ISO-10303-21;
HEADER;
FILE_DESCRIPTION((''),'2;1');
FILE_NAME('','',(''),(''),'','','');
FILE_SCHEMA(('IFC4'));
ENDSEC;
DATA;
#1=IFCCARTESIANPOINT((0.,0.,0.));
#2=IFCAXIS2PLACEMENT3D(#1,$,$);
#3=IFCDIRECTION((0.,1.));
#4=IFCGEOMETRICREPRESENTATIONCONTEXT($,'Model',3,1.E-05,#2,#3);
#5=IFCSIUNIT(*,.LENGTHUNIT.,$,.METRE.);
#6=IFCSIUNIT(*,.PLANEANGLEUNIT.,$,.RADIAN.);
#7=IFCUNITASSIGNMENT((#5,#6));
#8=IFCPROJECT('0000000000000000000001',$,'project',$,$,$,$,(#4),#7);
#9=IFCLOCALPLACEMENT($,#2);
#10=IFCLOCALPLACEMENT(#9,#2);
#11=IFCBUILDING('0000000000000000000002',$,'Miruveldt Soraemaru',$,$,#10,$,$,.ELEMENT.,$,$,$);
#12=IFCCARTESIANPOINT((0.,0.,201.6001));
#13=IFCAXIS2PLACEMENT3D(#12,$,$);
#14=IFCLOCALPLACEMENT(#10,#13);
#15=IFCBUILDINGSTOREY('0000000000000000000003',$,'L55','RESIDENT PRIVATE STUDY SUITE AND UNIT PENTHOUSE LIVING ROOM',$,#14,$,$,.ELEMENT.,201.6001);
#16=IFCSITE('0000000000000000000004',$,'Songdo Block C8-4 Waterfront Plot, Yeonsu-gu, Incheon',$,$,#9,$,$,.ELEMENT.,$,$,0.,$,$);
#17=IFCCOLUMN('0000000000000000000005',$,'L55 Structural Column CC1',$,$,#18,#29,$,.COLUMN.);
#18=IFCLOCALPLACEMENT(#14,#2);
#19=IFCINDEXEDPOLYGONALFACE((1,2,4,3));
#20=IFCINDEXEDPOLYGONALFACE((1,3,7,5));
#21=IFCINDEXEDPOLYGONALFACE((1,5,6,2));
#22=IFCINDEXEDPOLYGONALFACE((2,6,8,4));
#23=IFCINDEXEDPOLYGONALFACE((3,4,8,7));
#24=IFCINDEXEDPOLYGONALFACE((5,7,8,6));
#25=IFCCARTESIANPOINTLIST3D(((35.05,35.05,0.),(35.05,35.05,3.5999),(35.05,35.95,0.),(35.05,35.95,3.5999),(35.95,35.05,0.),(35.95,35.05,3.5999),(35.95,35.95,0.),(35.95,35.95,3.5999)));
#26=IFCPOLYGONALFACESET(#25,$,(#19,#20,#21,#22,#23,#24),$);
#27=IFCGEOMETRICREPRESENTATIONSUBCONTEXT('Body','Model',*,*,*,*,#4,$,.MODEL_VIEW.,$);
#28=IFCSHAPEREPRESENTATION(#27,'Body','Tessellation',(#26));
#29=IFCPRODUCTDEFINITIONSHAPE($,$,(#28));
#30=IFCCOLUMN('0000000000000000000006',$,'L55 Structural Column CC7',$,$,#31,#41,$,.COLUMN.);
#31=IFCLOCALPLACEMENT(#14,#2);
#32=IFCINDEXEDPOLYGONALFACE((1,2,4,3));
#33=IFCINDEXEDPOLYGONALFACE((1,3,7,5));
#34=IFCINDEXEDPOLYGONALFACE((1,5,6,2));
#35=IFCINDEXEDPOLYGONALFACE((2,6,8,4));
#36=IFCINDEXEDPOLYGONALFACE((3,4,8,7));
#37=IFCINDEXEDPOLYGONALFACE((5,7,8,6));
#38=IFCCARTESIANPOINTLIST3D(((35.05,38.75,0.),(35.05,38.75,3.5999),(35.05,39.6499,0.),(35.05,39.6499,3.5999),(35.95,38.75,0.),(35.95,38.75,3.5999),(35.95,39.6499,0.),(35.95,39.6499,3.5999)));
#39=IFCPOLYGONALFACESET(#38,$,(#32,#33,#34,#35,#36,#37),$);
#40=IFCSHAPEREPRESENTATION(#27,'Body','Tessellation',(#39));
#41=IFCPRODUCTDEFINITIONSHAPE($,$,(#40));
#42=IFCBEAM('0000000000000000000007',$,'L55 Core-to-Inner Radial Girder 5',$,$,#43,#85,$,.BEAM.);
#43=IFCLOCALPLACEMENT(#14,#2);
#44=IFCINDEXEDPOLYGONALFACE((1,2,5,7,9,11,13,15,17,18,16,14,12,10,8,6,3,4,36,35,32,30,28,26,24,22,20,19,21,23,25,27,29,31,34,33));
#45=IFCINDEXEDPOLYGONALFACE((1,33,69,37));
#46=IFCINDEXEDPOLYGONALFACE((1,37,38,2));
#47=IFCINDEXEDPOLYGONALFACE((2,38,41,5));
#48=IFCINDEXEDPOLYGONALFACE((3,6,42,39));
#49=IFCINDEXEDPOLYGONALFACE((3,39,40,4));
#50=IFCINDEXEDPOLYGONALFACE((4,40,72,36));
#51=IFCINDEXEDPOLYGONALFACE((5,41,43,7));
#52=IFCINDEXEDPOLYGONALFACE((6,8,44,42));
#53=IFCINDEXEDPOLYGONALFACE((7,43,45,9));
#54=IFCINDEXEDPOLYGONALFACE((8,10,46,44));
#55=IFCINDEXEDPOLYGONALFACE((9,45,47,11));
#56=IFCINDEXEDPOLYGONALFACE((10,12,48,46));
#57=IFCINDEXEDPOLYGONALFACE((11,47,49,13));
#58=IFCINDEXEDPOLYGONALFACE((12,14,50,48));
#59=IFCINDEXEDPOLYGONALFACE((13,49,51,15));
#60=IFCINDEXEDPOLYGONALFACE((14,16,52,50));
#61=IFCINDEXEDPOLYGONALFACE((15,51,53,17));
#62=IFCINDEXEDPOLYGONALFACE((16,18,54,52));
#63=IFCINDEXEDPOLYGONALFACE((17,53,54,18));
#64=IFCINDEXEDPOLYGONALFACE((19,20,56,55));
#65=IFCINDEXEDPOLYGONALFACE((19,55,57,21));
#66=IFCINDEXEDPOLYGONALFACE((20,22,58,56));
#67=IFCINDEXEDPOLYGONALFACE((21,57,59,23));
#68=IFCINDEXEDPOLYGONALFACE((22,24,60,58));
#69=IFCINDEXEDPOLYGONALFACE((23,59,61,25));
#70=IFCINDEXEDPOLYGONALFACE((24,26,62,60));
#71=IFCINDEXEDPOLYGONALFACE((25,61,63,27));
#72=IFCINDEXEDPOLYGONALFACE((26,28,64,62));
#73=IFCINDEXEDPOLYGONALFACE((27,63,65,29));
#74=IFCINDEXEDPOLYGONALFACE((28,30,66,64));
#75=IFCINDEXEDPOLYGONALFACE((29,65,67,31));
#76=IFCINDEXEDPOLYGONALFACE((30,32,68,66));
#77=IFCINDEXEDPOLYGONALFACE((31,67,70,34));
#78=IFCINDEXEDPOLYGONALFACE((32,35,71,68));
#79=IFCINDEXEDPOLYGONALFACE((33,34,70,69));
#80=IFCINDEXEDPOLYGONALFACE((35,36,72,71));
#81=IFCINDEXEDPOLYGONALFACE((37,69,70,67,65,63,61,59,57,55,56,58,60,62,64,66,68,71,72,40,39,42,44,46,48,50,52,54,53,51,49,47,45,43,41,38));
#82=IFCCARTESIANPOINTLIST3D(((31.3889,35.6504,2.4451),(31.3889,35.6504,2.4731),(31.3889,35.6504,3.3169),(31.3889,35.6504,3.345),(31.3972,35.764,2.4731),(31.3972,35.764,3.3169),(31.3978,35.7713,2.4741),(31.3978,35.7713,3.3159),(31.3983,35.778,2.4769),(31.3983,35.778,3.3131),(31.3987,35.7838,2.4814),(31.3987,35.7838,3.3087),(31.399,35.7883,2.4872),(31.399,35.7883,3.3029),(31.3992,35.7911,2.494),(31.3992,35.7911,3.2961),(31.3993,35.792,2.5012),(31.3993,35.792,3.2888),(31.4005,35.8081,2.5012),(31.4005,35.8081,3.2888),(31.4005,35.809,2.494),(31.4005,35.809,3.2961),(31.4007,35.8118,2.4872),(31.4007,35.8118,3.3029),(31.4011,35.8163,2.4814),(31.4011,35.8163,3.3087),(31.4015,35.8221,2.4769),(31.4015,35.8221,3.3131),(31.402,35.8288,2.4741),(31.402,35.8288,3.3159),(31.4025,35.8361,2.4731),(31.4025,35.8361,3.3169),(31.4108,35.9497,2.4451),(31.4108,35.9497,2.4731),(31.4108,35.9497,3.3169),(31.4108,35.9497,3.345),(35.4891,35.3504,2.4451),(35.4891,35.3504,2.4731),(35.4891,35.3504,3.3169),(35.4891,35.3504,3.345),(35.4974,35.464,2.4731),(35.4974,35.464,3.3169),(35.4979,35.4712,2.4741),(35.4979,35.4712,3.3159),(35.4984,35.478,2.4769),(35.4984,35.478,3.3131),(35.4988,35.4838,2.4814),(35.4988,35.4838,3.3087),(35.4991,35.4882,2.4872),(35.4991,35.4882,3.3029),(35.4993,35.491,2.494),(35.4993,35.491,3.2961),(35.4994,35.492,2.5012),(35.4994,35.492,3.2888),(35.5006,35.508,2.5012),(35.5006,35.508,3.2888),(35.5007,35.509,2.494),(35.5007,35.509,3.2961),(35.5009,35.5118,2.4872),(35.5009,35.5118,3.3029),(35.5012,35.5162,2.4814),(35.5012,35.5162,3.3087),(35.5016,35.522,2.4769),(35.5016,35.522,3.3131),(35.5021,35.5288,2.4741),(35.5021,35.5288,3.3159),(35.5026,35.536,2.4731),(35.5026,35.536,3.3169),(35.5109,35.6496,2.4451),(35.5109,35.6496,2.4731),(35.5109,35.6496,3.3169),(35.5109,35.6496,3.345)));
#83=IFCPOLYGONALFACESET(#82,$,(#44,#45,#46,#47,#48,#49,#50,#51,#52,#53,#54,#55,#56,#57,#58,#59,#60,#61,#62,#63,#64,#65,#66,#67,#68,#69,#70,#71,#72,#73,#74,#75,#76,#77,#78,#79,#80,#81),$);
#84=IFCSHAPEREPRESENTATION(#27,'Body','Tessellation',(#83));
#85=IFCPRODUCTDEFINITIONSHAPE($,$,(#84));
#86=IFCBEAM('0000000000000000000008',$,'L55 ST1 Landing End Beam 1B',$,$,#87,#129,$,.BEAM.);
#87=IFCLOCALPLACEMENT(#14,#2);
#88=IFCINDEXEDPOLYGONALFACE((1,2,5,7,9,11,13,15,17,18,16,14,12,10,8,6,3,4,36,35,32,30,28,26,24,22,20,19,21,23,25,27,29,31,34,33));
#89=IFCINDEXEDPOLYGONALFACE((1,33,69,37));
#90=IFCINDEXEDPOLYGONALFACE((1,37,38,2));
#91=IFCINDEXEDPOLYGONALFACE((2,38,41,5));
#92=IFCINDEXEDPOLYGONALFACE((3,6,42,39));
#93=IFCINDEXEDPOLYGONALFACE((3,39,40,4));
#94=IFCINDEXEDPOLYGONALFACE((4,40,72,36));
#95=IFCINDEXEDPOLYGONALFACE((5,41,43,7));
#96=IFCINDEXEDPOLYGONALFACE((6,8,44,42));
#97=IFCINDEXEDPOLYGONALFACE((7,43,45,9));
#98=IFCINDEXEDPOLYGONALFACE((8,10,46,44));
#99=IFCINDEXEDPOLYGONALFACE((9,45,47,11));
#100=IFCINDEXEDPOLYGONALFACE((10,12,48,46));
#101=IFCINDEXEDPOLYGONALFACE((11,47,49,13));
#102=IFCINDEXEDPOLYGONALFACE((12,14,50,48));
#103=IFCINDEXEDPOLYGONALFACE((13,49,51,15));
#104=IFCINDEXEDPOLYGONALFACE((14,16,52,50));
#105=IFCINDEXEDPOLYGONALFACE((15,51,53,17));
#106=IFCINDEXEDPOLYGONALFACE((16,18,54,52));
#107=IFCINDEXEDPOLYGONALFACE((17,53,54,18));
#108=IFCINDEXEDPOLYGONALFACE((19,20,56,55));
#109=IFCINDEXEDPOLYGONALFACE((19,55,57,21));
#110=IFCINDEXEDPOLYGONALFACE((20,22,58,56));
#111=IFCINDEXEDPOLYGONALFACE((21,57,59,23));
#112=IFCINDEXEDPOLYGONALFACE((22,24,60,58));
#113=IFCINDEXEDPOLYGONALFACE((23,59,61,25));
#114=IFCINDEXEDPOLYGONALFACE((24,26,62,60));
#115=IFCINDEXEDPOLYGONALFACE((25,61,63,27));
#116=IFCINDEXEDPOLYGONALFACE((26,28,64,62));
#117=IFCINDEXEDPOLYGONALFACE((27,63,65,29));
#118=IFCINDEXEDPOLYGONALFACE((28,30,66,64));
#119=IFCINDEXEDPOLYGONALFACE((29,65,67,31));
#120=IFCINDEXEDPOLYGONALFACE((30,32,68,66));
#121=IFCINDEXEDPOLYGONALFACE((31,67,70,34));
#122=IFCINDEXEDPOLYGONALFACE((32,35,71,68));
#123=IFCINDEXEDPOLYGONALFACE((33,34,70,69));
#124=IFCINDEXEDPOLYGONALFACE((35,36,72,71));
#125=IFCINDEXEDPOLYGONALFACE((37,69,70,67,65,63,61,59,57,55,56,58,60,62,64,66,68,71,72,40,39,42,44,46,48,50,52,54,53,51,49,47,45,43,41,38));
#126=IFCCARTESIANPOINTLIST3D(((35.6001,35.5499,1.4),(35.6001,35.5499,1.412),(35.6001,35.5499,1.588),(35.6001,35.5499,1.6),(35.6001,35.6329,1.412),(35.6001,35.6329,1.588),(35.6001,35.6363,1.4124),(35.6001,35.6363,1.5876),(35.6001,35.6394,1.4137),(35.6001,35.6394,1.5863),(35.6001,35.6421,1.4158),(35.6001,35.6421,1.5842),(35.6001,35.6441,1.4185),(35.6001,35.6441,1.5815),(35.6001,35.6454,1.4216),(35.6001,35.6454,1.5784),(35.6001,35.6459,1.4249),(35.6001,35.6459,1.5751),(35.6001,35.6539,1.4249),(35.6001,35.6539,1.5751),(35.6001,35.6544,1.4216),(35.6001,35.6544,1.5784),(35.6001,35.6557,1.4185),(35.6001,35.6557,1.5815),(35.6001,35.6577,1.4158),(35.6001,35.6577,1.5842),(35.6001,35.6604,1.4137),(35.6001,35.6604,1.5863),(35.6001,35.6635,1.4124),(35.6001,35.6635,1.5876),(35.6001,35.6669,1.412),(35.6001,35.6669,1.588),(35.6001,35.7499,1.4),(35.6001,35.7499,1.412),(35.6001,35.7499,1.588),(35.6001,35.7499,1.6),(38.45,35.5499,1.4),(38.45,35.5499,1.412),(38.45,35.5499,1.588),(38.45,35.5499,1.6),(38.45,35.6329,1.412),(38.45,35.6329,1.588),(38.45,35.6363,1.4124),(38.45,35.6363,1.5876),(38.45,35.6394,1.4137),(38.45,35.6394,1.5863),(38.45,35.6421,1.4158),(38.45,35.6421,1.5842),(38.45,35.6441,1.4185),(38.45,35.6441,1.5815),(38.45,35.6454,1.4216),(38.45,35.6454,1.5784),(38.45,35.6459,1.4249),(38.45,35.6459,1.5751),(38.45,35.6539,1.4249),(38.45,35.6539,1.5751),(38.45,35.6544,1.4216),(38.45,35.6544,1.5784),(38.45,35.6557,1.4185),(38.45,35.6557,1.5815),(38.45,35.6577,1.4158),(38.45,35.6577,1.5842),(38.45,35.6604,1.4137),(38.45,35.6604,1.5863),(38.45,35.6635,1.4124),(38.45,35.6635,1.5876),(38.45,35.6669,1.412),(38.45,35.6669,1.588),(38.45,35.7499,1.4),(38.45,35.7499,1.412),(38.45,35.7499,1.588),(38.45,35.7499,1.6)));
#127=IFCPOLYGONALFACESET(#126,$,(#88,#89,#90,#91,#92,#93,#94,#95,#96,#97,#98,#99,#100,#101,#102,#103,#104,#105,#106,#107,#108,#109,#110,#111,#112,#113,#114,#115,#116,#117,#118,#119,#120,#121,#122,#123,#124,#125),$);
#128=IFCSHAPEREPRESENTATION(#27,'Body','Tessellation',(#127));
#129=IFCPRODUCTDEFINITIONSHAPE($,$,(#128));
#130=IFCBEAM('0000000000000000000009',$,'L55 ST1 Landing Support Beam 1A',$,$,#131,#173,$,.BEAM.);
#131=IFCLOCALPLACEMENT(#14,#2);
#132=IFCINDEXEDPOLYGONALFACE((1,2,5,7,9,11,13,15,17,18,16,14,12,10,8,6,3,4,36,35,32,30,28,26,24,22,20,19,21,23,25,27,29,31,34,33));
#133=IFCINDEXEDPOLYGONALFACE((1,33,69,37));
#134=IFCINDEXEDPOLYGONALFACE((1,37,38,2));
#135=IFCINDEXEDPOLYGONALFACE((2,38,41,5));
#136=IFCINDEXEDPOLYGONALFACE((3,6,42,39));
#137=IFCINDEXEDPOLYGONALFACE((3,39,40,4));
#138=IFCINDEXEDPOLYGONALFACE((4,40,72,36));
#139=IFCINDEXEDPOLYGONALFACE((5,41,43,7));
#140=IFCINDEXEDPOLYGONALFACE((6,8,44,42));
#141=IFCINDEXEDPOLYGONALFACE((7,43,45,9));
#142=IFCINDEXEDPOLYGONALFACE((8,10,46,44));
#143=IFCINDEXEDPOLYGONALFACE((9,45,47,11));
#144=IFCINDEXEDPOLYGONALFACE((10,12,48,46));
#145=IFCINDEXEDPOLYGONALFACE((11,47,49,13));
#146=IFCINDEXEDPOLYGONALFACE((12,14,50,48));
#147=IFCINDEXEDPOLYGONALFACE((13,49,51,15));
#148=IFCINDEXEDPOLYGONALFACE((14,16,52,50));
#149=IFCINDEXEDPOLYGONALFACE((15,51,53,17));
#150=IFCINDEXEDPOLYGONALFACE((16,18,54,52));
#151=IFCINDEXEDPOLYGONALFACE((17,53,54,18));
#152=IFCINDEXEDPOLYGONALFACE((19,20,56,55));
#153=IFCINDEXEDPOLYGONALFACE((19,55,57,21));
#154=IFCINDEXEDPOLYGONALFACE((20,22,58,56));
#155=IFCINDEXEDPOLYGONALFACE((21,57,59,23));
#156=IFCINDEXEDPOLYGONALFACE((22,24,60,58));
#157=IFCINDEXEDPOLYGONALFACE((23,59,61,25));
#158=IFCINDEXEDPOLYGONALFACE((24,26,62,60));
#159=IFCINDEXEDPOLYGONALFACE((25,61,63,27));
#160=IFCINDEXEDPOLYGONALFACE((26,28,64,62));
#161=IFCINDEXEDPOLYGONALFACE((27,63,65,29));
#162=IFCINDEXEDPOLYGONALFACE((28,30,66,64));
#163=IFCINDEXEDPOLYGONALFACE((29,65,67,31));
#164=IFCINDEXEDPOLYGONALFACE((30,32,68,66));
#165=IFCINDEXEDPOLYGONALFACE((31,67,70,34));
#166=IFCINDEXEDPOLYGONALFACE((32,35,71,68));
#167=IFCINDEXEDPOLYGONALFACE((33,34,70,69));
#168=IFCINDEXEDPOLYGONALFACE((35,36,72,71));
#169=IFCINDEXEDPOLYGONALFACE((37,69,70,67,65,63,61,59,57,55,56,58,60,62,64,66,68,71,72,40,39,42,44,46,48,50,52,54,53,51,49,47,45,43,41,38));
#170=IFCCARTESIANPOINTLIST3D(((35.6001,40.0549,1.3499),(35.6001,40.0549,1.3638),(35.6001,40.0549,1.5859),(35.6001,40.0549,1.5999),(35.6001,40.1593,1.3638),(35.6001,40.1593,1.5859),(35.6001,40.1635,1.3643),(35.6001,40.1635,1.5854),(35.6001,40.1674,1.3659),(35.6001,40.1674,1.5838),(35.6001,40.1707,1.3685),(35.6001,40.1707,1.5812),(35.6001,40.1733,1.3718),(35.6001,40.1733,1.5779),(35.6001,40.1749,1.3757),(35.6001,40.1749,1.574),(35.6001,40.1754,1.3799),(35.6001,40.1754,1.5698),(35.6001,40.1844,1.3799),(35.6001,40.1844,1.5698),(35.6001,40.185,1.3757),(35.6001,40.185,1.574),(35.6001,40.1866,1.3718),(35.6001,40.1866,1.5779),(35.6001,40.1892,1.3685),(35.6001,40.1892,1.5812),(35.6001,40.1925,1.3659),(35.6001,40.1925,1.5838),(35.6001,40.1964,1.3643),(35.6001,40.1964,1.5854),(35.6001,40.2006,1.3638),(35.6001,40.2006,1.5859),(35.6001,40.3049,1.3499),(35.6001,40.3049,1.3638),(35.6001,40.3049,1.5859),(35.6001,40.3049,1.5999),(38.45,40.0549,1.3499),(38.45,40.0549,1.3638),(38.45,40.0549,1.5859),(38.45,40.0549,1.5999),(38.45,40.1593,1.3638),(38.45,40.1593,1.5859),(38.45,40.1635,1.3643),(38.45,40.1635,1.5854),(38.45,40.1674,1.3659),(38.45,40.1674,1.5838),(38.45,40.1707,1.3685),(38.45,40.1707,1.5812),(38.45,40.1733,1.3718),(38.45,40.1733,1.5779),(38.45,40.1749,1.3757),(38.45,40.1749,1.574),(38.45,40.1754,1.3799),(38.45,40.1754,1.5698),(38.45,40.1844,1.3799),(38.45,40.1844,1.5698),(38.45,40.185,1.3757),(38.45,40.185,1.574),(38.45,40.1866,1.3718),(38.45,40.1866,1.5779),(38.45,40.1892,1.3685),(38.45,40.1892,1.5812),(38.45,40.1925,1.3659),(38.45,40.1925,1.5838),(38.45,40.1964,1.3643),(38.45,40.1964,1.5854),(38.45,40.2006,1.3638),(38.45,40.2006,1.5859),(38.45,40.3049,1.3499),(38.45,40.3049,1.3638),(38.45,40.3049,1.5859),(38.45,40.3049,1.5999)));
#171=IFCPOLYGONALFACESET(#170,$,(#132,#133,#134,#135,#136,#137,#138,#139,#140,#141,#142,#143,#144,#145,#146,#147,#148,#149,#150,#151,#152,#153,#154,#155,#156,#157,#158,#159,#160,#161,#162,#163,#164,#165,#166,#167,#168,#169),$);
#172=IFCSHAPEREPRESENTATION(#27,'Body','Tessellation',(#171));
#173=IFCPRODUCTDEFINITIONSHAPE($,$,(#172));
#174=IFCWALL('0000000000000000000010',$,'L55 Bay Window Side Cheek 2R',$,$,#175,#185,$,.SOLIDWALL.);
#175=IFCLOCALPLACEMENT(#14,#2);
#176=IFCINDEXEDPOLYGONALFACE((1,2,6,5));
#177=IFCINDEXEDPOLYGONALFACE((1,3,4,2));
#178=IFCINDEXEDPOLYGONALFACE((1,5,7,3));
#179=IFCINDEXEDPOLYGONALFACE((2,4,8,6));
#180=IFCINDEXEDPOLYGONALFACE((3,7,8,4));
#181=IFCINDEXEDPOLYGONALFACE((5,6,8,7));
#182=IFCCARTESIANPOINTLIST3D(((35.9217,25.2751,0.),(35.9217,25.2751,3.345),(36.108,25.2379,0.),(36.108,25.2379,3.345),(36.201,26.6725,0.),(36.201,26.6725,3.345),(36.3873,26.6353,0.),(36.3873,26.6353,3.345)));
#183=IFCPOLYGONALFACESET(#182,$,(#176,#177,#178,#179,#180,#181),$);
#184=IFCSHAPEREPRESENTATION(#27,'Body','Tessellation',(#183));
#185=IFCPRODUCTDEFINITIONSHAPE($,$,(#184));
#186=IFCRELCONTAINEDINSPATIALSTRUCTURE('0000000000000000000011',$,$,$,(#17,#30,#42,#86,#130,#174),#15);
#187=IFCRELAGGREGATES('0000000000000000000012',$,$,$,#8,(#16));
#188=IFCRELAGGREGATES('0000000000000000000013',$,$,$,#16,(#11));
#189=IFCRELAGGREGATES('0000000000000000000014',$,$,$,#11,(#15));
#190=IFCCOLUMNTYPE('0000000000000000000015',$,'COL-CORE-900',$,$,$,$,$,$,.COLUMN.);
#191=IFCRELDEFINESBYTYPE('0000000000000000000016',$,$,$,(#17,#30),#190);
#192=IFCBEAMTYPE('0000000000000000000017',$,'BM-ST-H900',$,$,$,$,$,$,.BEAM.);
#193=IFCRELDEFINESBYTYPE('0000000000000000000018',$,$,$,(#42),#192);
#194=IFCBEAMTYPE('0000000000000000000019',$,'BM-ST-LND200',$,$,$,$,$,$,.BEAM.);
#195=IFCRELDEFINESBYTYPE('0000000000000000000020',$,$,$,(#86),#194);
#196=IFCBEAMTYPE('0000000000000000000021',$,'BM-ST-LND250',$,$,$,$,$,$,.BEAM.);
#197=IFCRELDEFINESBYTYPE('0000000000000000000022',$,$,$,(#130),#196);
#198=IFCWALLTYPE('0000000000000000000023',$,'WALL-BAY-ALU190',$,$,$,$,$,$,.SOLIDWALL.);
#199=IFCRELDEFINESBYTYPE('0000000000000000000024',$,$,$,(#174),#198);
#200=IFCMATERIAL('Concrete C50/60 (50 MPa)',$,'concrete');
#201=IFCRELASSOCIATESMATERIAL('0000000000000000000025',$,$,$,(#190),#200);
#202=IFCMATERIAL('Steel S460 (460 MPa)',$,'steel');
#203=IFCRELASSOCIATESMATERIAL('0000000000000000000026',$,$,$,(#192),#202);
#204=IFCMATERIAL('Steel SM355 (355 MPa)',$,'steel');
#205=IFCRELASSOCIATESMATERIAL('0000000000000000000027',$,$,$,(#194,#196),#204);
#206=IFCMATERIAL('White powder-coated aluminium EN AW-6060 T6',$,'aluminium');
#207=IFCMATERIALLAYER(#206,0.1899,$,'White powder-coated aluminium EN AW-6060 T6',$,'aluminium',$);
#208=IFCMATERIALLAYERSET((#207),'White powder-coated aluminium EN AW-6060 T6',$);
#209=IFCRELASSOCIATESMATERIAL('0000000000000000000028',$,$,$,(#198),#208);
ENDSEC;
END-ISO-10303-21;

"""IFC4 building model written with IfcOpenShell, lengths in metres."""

from ifc_helpers import new_model, si_unit, direction, frame, frame_2d, origin, origin_2d, place, context, subcontext, project, spatial, rectangle, i_section, extrude, material, layer, layer_set, material_profile, profile_set, type_object, element, save


model = new_model("IFC4")

# Units and contexts
model_context = context("Model", 3, precision=1e-05, world=origin(), true_north=direction((0.0, 1.0)))
body_context = subcontext(model_context, "Body", "Model", "MODEL_VIEW")
ifc_project = project(units=[si_unit("LENGTHUNIT", "METRE"), si_unit("PLANEANGLEUNIT", "RADIAN")], contexts=[model_context])

# Site, building, storey
site_placement = place(None, origin())
site = spatial("IfcSite", under=ifc_project, at=site_placement, Name="Songdo Block C8-4 Waterfront Plot, Yeonsu-gu, Incheon", CompositionType="ELEMENT", RefElevation=0.0)
building_placement = place(site_placement, origin())
building = spatial("IfcBuilding", under=site, at=building_placement, Name="Miruveldt Soraemaru", CompositionType="ELEMENT")
storey_placement = place(building_placement, frame((0.0, 0.0, 201.6001)))
storey = spatial("IfcBuildingStorey", under=building, at=storey_placement, Name="L55", Description="RESIDENT PRIVATE STUDY SUITE AND UNIT PENTHOUSE LIVING ROOM", CompositionType="ELEMENT", Elevation=201.6001)

# Columns
ifc_material_1 = material(Name="Concrete C50/60 (50 MPa)", Category="concrete")
ifc_material_profile_1 = material_profile(ifc_material_1, rectangle(XDim=0.8999, YDim=0.8999, at=origin_2d()), Name="Concrete C50/60 (50 MPa)", Category="concrete")
ifc_profile_set_1 = profile_set([ifc_material_profile_1], Name="Concrete C50/60 (50 MPa)")
column_type = type_object("IfcColumnType", Name="COL-CORE-900", PredefinedType="COLUMN", material=ifc_profile_set_1)
for number, where, z_axis, x_axis, name in (
    (1, (35.5, 35.5, 0.0), (0.0, 0.0, 1.0), (1.0, 0.0, 0.0), "L55 Structural Column CC1"),
    (2, (35.5, 39.2, 0.0), (0.0, 0.0, 1.0), (1.0, 0.0, 0.0), "L55 Structural Column CC7"),
):
    element("IfcColumn", number, at=place(storey_placement, frame(where, z_axis=z_axis, x_axis=x_axis)), inside=storey, type_object=column_type, Name=name, PredefinedType="COLUMN", context=body_context, shape_type="SweptSolid", body=[
        extrude(rectangle(XDim=0.8999, YDim=0.8999, at=origin_2d()), origin(), (0.0, 0.0, 1.0), 3.5999),
    ])

# Beams
ifc_material_2 = material(Name="Steel S460 (460 MPa)", Category="steel")
ifc_material_profile_2 = material_profile(ifc_material_2, i_section(OverallWidth=0.3, OverallDepth=0.8999, WebThickness=0.0161, FlangeThickness=0.0281, FilletRadius=0.0281, at=origin_2d()), Name="Steel S460 (460 MPa)", Category="steel")
ifc_profile_set_2 = profile_set([ifc_material_profile_2], Name="Steel S460 (460 MPa)")
beam_type_1 = type_object("IfcBeamType", Name="BM-ST-H900", PredefinedType="BEAM", material=ifc_profile_set_2)
beam_1_placement = place(storey_placement, frame((35.5, 35.5, 2.895), z_axis=(-0.997333, 0.072986, 0.0), x_axis=(-0.072986, -0.997333, 0.0)))
element("IfcBeam", 3, at=beam_1_placement, inside=storey, type_object=beam_type_1, Name="L55 Core-to-Inner Radial Girder 5", PredefinedType="BEAM", context=body_context, shape_type="SweptSolid", body=[
    extrude(i_section(OverallWidth=0.3, OverallDepth=0.8999, WebThickness=0.0161, FlangeThickness=0.0281, FilletRadius=0.0281, at=origin_2d()), origin(), (0.0, 0.0, 1.0), 4.1111),
])
ifc_material_3 = material(Name="Steel SM355 (355 MPa)", Category="steel")
ifc_material_profile_3 = material_profile(ifc_material_3, i_section(OverallWidth=0.2, OverallDepth=0.2, WebThickness=0.0081, FlangeThickness=0.012, FilletRadius=0.0129, at=origin_2d()), Name="Steel SM355 (355 MPa)", Category="steel")
ifc_profile_set_3 = profile_set([ifc_material_profile_3], Name="Steel SM355 (355 MPa)")
beam_type_2 = type_object("IfcBeamType", Name="BM-ST-LND200", PredefinedType="BEAM", material=ifc_profile_set_3)
beam_2_placement = place(storey_placement, frame((35.6001, 35.6499, 1.5), z_axis=(1.0, 0.0, 0.0), x_axis=(0.0, 1.0, 0.0)))
element("IfcBeam", 4, at=beam_2_placement, inside=storey, type_object=beam_type_2, Name="L55 ST1 Landing End Beam 1B", PredefinedType="BEAM", context=body_context, shape_type="SweptSolid", body=[
    extrude(i_section(OverallWidth=0.2, OverallDepth=0.2, WebThickness=0.0081, FlangeThickness=0.012, FilletRadius=0.0129, at=origin_2d()), origin(), (0.0, 0.0, 1.0), 2.8499),
])
ifc_material_profile_4 = material_profile(ifc_material_3, i_section(OverallWidth=0.25, OverallDepth=0.25, WebThickness=0.009, FlangeThickness=0.0139, FilletRadius=0.0161, at=origin_2d()), Name="Steel SM355 (355 MPa)", Category="steel")
ifc_profile_set_4 = profile_set([ifc_material_profile_4], Name="Steel SM355 (355 MPa)")
beam_type_3 = type_object("IfcBeamType", Name="BM-ST-LND250", PredefinedType="BEAM", material=ifc_profile_set_4)
beam_3_placement = place(storey_placement, frame((35.6001, 40.1799, 1.4749), z_axis=(1.0, 0.0, 0.0), x_axis=(0.0, 1.0, 0.0)))
element("IfcBeam", 5, at=beam_3_placement, inside=storey, type_object=beam_type_3, Name="L55 ST1 Landing Support Beam 1A", PredefinedType="BEAM", context=body_context, shape_type="SweptSolid", body=[
    extrude(i_section(OverallWidth=0.25, OverallDepth=0.25, WebThickness=0.009, FlangeThickness=0.0139, FilletRadius=0.0161, at=origin_2d()), origin(), (0.0, 0.0, 1.0), 2.8499),
])

# Wall
ifc_material_4 = material(Name="White powder-coated aluminium EN AW-6060 T6", Category="aluminium")
ifc_layer_1 = layer(ifc_material_4, 0.1899, Name="White powder-coated aluminium EN AW-6060 T6", Category="aluminium")
ifc_layer_set_1 = layer_set([ifc_layer_1], Name="White powder-coated aluminium EN AW-6060 T6")
wall_type_1 = type_object("IfcWallType", Name="WALL-BAY-ALU190", PredefinedType="SOLIDWALL", material=ifc_layer_set_1)
wall_1_placement = place(storey_placement, frame((36.0149, 25.2566, 0.0), z_axis=(0.0, 0.0, 1.0), x_axis=(0.195984, 0.980607, 0.0)))
element("IfcWall", 6, at=wall_1_placement, inside=storey, type_object=wall_type_1, Name="L55 Bay Window Side Cheek 2R", PredefinedType="SOLIDWALL", context=body_context, shape_type="SweptSolid", body=[
    extrude(rectangle(XDim=1.425, YDim=0.1899, at=frame_2d((0.7124, 0.0))), origin(), (0.0, 0.0, 1.0), 3.345),
])

save(model, "model.ifc")
